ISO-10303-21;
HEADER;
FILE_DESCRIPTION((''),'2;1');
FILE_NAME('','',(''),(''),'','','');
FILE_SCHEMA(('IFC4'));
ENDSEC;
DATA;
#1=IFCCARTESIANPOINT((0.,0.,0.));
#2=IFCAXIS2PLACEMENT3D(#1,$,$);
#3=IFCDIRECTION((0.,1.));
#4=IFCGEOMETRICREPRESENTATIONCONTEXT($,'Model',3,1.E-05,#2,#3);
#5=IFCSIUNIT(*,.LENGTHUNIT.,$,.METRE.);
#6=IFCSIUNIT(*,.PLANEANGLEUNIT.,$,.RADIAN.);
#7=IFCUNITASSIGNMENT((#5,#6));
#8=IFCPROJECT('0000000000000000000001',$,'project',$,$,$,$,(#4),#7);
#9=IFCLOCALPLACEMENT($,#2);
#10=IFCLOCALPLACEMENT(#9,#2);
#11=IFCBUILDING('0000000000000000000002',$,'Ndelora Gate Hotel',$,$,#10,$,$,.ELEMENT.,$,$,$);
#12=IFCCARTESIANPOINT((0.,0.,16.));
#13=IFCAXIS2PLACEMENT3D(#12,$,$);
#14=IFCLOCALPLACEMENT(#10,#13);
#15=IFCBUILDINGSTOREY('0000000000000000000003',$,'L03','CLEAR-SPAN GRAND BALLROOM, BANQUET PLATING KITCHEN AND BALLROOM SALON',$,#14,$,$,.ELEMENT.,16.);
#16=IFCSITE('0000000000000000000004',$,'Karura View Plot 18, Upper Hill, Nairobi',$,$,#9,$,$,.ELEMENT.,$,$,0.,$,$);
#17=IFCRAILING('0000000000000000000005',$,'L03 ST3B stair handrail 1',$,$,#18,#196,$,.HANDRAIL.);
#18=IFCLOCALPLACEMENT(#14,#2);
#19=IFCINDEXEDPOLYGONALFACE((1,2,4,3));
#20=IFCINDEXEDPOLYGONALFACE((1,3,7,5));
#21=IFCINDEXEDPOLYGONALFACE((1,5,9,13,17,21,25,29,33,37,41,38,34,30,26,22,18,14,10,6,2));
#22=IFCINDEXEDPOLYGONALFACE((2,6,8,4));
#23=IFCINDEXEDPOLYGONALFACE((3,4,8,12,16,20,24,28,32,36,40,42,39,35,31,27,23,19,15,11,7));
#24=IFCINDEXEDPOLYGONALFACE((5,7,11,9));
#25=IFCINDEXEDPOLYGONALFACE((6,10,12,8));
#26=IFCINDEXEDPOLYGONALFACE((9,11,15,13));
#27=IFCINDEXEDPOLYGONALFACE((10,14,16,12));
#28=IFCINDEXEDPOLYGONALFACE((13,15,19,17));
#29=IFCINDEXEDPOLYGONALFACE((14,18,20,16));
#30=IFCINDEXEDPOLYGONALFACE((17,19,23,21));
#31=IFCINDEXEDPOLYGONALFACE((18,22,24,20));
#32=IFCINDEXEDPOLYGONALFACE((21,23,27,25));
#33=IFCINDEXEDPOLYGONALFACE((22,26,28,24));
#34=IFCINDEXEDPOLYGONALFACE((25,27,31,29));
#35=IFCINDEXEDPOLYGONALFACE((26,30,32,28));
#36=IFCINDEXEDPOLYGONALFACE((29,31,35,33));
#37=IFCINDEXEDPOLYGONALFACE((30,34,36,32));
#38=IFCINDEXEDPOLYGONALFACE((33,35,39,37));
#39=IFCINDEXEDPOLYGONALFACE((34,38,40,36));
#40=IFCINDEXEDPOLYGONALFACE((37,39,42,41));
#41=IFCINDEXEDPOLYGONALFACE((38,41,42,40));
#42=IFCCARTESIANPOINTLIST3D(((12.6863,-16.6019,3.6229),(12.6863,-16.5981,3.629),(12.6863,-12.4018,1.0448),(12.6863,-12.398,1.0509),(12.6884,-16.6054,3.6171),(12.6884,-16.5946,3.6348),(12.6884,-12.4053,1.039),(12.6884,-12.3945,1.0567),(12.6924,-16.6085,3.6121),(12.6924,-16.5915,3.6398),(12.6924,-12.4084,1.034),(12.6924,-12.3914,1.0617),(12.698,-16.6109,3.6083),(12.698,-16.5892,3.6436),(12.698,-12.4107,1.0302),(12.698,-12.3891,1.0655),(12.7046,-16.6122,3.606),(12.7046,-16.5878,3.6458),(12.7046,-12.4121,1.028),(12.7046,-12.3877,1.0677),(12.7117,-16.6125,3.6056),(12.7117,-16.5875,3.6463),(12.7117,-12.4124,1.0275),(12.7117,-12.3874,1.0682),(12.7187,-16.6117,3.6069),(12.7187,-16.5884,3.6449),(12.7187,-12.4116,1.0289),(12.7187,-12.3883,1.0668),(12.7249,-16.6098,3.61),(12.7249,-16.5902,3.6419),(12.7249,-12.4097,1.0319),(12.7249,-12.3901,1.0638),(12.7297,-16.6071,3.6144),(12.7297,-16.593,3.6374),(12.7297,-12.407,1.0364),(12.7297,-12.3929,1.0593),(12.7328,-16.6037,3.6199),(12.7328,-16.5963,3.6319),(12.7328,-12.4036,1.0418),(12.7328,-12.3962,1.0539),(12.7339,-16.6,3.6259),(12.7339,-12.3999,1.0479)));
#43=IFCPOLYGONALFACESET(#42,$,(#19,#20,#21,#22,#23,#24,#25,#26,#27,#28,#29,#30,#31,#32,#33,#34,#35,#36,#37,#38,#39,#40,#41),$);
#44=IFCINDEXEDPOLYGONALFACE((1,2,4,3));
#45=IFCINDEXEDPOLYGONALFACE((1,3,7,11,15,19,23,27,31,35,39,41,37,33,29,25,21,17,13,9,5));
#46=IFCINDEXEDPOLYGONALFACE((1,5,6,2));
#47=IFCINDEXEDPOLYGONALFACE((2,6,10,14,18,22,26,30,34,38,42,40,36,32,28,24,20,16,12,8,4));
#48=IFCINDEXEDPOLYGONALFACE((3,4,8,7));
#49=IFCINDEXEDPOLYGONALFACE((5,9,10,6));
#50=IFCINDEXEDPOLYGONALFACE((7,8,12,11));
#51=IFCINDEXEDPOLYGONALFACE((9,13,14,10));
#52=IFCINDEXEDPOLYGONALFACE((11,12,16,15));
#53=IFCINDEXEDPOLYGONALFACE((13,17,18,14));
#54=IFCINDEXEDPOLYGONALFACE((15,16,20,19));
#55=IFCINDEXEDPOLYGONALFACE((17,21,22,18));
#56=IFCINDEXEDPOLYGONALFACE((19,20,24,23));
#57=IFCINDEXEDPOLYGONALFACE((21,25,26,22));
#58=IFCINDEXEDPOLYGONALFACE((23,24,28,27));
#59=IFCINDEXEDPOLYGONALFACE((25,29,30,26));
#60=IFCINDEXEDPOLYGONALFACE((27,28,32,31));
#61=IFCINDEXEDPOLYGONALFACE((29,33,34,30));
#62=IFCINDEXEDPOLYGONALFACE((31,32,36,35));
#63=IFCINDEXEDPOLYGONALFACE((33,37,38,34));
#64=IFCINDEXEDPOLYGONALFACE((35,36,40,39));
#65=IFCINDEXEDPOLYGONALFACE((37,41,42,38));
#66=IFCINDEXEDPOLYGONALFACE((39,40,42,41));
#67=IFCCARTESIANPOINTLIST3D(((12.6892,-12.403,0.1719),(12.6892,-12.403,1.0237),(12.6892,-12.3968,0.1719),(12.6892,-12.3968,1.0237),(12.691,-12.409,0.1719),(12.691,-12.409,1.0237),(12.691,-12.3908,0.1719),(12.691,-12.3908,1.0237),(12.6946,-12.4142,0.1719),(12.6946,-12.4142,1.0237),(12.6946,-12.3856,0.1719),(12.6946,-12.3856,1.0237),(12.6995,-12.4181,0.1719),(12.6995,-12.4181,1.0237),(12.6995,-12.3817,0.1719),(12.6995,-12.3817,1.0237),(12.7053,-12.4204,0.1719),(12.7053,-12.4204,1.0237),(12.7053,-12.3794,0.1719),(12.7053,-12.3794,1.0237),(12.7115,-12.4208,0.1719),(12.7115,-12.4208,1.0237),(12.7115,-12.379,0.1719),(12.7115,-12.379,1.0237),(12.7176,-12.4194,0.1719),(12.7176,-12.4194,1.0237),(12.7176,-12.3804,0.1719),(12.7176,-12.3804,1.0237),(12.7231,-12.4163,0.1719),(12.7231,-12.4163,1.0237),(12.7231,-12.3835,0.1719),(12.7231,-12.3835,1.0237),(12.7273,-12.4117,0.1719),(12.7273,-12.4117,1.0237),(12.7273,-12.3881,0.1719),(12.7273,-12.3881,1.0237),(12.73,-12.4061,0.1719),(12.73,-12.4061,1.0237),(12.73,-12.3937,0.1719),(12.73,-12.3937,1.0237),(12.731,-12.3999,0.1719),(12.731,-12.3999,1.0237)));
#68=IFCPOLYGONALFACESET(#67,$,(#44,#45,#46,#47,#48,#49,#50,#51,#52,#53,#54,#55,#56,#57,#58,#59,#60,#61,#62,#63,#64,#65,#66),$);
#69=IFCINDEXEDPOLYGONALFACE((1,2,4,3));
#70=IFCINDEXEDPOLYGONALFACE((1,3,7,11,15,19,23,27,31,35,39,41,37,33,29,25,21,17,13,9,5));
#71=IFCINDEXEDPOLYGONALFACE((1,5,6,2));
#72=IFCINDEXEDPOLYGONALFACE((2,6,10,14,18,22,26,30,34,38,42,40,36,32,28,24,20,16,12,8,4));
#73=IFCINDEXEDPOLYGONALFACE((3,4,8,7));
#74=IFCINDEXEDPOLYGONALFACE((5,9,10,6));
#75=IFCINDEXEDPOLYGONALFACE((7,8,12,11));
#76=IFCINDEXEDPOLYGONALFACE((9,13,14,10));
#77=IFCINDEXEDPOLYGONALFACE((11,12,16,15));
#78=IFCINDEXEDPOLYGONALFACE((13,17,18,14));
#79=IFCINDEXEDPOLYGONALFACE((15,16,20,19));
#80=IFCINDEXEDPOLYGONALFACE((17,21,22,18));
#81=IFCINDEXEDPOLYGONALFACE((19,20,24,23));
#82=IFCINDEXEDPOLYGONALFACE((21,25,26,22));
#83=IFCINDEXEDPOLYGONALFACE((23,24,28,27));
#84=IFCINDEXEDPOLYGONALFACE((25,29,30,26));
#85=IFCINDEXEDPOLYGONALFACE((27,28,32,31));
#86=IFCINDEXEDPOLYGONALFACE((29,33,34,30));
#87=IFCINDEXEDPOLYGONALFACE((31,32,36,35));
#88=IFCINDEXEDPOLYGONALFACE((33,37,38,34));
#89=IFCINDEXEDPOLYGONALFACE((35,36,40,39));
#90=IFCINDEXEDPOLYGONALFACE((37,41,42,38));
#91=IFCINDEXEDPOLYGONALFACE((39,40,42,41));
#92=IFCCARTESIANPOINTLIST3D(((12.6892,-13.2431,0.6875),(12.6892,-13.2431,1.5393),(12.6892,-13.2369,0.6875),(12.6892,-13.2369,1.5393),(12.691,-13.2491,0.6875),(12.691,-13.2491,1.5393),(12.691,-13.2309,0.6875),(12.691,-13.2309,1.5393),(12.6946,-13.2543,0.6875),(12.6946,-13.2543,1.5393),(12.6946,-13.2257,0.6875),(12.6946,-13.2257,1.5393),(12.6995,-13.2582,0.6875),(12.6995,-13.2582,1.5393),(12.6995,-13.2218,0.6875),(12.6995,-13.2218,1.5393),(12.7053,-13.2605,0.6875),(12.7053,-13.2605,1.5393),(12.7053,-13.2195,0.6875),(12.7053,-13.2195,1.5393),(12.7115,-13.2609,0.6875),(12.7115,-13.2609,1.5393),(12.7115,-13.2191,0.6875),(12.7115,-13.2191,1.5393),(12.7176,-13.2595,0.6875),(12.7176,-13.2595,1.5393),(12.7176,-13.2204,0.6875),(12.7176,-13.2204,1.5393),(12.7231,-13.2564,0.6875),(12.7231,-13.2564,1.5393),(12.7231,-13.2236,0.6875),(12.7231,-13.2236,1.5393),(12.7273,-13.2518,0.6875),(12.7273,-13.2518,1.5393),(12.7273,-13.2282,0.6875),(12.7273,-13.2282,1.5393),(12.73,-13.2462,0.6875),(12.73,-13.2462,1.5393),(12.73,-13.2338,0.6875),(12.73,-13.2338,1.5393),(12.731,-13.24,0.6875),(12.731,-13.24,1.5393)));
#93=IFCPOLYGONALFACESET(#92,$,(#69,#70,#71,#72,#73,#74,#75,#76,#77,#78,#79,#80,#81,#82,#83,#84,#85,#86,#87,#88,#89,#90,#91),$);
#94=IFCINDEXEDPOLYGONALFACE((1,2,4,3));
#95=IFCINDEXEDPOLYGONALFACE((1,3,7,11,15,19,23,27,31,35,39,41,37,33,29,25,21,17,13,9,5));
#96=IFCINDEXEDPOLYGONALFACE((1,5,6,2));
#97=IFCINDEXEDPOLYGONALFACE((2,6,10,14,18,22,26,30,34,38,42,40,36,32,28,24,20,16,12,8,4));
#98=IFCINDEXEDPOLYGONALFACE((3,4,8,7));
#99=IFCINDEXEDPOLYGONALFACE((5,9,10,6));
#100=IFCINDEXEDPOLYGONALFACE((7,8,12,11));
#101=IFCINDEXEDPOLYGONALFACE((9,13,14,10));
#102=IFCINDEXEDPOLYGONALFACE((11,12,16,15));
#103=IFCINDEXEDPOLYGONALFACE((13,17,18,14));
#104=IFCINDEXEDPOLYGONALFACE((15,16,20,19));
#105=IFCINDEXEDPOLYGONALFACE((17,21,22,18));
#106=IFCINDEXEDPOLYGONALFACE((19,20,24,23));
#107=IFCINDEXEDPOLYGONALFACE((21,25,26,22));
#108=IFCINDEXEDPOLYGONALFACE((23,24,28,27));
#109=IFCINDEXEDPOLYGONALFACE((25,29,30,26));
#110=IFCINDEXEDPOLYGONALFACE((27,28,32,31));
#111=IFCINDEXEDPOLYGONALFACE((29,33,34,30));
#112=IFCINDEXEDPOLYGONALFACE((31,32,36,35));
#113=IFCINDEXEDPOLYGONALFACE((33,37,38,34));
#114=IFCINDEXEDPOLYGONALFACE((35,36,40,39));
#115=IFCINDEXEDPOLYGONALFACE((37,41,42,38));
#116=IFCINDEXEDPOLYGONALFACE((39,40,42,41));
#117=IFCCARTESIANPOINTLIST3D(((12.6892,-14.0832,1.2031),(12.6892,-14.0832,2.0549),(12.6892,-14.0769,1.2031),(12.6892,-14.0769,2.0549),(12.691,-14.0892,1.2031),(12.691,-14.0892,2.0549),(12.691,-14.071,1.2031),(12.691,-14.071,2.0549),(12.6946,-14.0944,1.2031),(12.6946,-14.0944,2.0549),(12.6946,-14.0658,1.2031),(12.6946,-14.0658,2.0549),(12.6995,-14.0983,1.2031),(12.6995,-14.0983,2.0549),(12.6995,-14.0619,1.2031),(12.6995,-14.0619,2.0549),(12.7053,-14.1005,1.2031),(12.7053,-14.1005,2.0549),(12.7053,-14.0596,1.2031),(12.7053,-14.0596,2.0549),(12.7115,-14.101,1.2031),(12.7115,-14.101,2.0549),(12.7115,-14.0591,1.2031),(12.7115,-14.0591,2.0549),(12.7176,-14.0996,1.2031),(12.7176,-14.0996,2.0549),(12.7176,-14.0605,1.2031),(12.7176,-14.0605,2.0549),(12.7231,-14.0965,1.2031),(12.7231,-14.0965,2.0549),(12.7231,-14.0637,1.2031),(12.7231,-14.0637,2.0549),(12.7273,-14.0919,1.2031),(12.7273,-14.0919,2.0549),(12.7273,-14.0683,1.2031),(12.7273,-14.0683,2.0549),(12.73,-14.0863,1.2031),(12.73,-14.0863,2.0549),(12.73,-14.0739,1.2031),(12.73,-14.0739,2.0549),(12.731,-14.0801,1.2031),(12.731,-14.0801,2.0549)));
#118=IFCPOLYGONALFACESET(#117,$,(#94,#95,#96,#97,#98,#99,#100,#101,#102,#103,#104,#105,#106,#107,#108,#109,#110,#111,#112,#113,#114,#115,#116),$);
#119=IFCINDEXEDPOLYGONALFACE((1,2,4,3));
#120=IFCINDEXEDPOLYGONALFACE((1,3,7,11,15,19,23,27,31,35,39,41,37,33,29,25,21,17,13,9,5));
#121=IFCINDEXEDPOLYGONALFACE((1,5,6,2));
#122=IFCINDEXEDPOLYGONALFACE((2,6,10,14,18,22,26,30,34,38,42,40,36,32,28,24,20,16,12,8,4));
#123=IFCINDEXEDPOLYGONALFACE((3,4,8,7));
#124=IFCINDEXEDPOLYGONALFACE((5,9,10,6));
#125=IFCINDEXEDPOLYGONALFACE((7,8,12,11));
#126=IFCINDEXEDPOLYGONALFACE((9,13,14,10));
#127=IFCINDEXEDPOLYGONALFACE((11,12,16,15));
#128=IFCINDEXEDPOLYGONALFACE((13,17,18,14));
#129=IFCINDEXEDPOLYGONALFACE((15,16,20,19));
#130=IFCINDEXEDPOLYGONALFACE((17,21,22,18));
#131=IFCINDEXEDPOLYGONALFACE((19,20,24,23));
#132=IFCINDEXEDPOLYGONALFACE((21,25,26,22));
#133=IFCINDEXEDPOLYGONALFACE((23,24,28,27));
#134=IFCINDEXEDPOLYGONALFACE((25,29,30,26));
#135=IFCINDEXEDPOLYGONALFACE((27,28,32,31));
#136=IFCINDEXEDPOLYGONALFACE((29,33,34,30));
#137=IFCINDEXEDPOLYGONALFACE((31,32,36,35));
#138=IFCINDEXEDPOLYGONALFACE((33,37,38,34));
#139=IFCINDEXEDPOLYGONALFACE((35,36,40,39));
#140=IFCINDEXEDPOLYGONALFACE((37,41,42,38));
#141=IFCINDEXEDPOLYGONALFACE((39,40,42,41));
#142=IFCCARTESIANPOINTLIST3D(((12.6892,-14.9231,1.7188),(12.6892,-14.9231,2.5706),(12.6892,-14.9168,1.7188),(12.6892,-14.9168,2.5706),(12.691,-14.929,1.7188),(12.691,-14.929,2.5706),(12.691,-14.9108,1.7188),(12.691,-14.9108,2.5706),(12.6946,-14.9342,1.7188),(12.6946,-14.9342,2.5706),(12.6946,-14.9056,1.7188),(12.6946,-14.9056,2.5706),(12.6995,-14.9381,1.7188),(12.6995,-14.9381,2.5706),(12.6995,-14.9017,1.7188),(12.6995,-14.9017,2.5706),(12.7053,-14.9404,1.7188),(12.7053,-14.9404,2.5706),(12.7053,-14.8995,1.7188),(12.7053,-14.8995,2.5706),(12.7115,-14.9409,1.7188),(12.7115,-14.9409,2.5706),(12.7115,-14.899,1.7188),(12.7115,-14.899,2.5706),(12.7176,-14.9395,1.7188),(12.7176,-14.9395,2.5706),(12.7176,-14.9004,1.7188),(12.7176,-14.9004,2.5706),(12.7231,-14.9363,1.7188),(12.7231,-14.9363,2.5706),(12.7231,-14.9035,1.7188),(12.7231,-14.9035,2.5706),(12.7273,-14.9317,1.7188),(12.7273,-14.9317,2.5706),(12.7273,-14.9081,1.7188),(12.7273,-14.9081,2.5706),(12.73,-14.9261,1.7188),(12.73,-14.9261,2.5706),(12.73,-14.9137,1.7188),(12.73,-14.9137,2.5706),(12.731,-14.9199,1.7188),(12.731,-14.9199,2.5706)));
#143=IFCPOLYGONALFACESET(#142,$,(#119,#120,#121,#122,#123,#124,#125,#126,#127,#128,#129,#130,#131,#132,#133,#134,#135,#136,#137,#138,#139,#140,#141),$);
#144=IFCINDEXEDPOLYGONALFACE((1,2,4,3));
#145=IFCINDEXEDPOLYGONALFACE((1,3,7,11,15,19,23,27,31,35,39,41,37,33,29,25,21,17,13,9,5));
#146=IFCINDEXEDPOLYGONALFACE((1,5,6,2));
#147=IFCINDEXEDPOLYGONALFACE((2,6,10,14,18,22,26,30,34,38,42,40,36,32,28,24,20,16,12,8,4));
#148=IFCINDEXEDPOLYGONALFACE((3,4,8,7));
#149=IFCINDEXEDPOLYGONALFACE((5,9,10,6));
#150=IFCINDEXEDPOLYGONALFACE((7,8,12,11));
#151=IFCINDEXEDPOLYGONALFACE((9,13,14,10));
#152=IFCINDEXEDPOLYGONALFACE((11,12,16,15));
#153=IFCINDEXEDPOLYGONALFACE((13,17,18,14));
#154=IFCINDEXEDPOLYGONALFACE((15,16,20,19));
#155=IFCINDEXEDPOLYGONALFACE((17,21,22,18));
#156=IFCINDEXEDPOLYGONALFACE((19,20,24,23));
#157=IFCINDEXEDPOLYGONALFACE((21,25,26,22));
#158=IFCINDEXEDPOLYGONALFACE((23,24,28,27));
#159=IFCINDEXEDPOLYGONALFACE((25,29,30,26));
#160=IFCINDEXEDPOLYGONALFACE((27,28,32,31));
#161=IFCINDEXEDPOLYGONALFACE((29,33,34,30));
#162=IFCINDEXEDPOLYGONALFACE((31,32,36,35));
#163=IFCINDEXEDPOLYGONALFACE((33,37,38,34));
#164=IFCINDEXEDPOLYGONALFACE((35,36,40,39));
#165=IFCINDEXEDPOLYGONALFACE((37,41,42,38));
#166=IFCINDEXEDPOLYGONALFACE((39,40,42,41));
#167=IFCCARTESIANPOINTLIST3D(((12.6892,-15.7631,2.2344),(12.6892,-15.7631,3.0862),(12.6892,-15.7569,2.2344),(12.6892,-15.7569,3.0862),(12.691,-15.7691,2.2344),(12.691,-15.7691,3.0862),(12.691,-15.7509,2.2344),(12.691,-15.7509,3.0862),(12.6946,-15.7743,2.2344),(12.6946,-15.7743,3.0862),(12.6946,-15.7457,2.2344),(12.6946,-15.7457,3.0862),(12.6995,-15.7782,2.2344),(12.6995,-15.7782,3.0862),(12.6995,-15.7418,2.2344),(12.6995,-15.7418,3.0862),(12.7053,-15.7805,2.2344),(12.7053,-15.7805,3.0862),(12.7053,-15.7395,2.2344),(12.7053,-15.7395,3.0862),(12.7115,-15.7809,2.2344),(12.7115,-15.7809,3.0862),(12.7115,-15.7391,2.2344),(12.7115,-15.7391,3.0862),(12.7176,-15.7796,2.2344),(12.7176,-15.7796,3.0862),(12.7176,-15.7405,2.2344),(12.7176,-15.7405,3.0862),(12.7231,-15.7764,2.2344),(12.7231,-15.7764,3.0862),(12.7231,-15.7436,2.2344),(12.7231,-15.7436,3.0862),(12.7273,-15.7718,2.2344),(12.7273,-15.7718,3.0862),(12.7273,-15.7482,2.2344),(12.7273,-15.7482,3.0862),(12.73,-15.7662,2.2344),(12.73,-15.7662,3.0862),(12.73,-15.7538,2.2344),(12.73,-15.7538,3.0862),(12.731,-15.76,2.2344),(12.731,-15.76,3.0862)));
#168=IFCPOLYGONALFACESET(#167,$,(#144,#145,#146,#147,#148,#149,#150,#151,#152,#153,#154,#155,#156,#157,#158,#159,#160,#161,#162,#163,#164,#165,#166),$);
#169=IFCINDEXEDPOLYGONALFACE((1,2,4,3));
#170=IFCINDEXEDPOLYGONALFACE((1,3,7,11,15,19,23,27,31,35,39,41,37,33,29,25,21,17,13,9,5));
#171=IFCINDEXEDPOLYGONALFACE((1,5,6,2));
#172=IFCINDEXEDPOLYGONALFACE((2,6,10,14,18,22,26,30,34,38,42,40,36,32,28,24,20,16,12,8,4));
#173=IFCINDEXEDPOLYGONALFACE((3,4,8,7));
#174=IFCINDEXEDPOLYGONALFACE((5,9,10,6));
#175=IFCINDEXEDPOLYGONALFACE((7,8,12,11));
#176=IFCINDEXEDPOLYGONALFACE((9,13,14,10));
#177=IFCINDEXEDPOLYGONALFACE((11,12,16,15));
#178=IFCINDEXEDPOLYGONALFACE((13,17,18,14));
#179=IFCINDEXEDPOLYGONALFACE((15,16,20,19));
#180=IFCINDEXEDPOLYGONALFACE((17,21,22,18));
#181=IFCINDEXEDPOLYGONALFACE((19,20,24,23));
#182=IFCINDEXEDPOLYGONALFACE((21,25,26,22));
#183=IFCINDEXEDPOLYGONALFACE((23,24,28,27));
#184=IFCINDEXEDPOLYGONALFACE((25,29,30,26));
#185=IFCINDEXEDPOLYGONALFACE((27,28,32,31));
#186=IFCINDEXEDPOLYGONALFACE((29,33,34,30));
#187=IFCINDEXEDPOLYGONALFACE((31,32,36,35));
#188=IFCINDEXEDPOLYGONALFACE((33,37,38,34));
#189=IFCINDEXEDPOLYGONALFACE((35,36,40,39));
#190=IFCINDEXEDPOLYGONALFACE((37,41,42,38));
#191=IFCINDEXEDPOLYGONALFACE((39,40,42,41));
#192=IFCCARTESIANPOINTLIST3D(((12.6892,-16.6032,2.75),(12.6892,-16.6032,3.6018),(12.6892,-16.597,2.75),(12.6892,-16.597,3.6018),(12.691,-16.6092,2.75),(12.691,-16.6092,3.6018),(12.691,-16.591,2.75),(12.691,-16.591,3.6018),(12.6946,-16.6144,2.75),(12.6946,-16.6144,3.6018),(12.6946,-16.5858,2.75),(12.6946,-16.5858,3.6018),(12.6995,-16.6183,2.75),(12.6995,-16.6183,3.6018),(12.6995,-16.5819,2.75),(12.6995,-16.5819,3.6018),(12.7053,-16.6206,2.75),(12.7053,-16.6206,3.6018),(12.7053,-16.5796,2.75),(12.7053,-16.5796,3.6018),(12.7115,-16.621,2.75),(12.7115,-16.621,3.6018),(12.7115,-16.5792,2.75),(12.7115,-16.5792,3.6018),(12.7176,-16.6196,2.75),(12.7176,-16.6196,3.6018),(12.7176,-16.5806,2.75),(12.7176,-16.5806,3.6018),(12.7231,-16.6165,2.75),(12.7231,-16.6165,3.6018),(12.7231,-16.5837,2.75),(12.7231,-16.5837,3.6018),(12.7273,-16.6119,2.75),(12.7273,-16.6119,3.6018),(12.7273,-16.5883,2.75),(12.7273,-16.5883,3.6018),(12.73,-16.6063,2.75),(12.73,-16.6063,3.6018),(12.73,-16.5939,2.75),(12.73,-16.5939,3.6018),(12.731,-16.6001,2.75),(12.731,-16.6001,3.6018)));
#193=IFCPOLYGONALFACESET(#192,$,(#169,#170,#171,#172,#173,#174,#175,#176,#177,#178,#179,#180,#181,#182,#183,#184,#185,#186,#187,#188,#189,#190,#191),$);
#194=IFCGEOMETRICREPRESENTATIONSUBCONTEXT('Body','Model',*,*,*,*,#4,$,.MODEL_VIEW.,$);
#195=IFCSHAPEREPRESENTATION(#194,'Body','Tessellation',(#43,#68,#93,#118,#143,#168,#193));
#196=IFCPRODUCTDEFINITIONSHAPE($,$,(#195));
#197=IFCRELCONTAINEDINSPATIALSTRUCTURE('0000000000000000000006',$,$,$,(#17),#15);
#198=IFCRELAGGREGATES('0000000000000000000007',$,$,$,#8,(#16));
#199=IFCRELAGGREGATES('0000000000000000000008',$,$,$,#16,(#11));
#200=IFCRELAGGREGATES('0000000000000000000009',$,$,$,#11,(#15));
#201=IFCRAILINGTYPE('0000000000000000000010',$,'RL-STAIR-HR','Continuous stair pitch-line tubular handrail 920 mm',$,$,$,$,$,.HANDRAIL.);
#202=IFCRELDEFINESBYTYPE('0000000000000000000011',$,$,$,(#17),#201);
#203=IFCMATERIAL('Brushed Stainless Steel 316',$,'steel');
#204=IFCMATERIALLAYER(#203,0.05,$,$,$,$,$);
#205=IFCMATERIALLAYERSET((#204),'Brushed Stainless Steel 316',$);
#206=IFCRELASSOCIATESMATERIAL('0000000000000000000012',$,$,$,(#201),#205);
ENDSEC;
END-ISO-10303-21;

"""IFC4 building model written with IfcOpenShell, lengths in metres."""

from ifc_helpers import new_model, si_unit, direction, frame, origin, origin_2d, place, context, subcontext, project, spatial, circle, extrude, material, layer, layer_set, type_object, element, save


model = new_model("IFC4")

# Units and contexts
model_context = context("Model", 3, precision=1e-05, world=origin(), true_north=direction((0.0, 1.0)))
body_context = subcontext(model_context, "Body", "Model", "MODEL_VIEW")
ifc_project = project(units=[si_unit("LENGTHUNIT", "METRE"), si_unit("PLANEANGLEUNIT", "RADIAN")], contexts=[model_context])

# Site, building, storey
site_placement = place(None, origin())
site = spatial("IfcSite", under=ifc_project, at=site_placement, Name="Karura View Plot 18, Upper Hill, Nairobi", CompositionType="ELEMENT", RefElevation=0.0)
building_placement = place(site_placement, origin())
building = spatial("IfcBuilding", under=site, at=building_placement, Name="Ndelora Gate Hotel", CompositionType="ELEMENT")
storey_placement = place(building_placement, frame((0.0, 0.0, 16.0)))
storey = spatial("IfcBuildingStorey", under=building, at=storey_placement, Name="L03", Description="CLEAR-SPAN GRAND BALLROOM, BANQUET PLATING KITCHEN AND BALLROOM SALON", CompositionType="ELEMENT", Elevation=16.0)

# Railing
ifc_material_1 = material(Name="Brushed Stainless Steel 316", Category="steel")
ifc_layer_1 = layer(ifc_material_1, 0.05)
ifc_layer_set_1 = layer_set([ifc_layer_1], Name="Brushed Stainless Steel 316")
railing_type_1 = type_object("IfcRailingType", Name="RL-STAIR-HR", Description="Continuous stair pitch-line tubular handrail 920 mm", PredefinedType="HANDRAIL", material=ifc_layer_set_1)
railing_1_placement = place(storey_placement, frame((12.71, -12.3999, 0.1719)))
element("IfcRailing", 1, at=railing_1_placement, inside=storey, type_object=railing_type_1, Name="L03 ST3B stair handrail 1", PredefinedType="HANDRAIL", context=body_context, shape_type="SweptSolid", body=[
    extrude(circle(Radius=0.0239, at=origin_2d()), frame((0.0, 0.0, 0.876), z_axis=(0.0, -0.852256, 0.523124), x_axis=(1.0, 0.0, 0.0)), (0.0, 0.0, 1.0), 4.9282),
    extrude(circle(Radius=0.021, at=origin_2d()), origin(), (0.0, 0.0, 1.0), 0.8518),
    extrude(circle(Radius=0.021, at=origin_2d()), frame((0.0, -0.8401, 0.5156)), (0.0, 0.0, 1.0), 0.8518),
    extrude(circle(Radius=0.021, at=origin_2d()), frame((0.0, -1.6802, 1.0312)), (0.0, 0.0, 1.0), 0.8518),
    extrude(circle(Radius=0.021, at=origin_2d()), frame((0.0, -2.52, 1.5469)), (0.0, 0.0, 1.0), 0.8518),
    extrude(circle(Radius=0.021, at=origin_2d()), frame((0.0, -3.3601, 2.0625)), (0.0, 0.0, 1.0), 0.8518),
    extrude(circle(Radius=0.021, at=origin_2d()), frame((0.0, -4.2002, 2.5781)), (0.0, 0.0, 1.0), 0.8518),
])

save(model, "model.ifc")
